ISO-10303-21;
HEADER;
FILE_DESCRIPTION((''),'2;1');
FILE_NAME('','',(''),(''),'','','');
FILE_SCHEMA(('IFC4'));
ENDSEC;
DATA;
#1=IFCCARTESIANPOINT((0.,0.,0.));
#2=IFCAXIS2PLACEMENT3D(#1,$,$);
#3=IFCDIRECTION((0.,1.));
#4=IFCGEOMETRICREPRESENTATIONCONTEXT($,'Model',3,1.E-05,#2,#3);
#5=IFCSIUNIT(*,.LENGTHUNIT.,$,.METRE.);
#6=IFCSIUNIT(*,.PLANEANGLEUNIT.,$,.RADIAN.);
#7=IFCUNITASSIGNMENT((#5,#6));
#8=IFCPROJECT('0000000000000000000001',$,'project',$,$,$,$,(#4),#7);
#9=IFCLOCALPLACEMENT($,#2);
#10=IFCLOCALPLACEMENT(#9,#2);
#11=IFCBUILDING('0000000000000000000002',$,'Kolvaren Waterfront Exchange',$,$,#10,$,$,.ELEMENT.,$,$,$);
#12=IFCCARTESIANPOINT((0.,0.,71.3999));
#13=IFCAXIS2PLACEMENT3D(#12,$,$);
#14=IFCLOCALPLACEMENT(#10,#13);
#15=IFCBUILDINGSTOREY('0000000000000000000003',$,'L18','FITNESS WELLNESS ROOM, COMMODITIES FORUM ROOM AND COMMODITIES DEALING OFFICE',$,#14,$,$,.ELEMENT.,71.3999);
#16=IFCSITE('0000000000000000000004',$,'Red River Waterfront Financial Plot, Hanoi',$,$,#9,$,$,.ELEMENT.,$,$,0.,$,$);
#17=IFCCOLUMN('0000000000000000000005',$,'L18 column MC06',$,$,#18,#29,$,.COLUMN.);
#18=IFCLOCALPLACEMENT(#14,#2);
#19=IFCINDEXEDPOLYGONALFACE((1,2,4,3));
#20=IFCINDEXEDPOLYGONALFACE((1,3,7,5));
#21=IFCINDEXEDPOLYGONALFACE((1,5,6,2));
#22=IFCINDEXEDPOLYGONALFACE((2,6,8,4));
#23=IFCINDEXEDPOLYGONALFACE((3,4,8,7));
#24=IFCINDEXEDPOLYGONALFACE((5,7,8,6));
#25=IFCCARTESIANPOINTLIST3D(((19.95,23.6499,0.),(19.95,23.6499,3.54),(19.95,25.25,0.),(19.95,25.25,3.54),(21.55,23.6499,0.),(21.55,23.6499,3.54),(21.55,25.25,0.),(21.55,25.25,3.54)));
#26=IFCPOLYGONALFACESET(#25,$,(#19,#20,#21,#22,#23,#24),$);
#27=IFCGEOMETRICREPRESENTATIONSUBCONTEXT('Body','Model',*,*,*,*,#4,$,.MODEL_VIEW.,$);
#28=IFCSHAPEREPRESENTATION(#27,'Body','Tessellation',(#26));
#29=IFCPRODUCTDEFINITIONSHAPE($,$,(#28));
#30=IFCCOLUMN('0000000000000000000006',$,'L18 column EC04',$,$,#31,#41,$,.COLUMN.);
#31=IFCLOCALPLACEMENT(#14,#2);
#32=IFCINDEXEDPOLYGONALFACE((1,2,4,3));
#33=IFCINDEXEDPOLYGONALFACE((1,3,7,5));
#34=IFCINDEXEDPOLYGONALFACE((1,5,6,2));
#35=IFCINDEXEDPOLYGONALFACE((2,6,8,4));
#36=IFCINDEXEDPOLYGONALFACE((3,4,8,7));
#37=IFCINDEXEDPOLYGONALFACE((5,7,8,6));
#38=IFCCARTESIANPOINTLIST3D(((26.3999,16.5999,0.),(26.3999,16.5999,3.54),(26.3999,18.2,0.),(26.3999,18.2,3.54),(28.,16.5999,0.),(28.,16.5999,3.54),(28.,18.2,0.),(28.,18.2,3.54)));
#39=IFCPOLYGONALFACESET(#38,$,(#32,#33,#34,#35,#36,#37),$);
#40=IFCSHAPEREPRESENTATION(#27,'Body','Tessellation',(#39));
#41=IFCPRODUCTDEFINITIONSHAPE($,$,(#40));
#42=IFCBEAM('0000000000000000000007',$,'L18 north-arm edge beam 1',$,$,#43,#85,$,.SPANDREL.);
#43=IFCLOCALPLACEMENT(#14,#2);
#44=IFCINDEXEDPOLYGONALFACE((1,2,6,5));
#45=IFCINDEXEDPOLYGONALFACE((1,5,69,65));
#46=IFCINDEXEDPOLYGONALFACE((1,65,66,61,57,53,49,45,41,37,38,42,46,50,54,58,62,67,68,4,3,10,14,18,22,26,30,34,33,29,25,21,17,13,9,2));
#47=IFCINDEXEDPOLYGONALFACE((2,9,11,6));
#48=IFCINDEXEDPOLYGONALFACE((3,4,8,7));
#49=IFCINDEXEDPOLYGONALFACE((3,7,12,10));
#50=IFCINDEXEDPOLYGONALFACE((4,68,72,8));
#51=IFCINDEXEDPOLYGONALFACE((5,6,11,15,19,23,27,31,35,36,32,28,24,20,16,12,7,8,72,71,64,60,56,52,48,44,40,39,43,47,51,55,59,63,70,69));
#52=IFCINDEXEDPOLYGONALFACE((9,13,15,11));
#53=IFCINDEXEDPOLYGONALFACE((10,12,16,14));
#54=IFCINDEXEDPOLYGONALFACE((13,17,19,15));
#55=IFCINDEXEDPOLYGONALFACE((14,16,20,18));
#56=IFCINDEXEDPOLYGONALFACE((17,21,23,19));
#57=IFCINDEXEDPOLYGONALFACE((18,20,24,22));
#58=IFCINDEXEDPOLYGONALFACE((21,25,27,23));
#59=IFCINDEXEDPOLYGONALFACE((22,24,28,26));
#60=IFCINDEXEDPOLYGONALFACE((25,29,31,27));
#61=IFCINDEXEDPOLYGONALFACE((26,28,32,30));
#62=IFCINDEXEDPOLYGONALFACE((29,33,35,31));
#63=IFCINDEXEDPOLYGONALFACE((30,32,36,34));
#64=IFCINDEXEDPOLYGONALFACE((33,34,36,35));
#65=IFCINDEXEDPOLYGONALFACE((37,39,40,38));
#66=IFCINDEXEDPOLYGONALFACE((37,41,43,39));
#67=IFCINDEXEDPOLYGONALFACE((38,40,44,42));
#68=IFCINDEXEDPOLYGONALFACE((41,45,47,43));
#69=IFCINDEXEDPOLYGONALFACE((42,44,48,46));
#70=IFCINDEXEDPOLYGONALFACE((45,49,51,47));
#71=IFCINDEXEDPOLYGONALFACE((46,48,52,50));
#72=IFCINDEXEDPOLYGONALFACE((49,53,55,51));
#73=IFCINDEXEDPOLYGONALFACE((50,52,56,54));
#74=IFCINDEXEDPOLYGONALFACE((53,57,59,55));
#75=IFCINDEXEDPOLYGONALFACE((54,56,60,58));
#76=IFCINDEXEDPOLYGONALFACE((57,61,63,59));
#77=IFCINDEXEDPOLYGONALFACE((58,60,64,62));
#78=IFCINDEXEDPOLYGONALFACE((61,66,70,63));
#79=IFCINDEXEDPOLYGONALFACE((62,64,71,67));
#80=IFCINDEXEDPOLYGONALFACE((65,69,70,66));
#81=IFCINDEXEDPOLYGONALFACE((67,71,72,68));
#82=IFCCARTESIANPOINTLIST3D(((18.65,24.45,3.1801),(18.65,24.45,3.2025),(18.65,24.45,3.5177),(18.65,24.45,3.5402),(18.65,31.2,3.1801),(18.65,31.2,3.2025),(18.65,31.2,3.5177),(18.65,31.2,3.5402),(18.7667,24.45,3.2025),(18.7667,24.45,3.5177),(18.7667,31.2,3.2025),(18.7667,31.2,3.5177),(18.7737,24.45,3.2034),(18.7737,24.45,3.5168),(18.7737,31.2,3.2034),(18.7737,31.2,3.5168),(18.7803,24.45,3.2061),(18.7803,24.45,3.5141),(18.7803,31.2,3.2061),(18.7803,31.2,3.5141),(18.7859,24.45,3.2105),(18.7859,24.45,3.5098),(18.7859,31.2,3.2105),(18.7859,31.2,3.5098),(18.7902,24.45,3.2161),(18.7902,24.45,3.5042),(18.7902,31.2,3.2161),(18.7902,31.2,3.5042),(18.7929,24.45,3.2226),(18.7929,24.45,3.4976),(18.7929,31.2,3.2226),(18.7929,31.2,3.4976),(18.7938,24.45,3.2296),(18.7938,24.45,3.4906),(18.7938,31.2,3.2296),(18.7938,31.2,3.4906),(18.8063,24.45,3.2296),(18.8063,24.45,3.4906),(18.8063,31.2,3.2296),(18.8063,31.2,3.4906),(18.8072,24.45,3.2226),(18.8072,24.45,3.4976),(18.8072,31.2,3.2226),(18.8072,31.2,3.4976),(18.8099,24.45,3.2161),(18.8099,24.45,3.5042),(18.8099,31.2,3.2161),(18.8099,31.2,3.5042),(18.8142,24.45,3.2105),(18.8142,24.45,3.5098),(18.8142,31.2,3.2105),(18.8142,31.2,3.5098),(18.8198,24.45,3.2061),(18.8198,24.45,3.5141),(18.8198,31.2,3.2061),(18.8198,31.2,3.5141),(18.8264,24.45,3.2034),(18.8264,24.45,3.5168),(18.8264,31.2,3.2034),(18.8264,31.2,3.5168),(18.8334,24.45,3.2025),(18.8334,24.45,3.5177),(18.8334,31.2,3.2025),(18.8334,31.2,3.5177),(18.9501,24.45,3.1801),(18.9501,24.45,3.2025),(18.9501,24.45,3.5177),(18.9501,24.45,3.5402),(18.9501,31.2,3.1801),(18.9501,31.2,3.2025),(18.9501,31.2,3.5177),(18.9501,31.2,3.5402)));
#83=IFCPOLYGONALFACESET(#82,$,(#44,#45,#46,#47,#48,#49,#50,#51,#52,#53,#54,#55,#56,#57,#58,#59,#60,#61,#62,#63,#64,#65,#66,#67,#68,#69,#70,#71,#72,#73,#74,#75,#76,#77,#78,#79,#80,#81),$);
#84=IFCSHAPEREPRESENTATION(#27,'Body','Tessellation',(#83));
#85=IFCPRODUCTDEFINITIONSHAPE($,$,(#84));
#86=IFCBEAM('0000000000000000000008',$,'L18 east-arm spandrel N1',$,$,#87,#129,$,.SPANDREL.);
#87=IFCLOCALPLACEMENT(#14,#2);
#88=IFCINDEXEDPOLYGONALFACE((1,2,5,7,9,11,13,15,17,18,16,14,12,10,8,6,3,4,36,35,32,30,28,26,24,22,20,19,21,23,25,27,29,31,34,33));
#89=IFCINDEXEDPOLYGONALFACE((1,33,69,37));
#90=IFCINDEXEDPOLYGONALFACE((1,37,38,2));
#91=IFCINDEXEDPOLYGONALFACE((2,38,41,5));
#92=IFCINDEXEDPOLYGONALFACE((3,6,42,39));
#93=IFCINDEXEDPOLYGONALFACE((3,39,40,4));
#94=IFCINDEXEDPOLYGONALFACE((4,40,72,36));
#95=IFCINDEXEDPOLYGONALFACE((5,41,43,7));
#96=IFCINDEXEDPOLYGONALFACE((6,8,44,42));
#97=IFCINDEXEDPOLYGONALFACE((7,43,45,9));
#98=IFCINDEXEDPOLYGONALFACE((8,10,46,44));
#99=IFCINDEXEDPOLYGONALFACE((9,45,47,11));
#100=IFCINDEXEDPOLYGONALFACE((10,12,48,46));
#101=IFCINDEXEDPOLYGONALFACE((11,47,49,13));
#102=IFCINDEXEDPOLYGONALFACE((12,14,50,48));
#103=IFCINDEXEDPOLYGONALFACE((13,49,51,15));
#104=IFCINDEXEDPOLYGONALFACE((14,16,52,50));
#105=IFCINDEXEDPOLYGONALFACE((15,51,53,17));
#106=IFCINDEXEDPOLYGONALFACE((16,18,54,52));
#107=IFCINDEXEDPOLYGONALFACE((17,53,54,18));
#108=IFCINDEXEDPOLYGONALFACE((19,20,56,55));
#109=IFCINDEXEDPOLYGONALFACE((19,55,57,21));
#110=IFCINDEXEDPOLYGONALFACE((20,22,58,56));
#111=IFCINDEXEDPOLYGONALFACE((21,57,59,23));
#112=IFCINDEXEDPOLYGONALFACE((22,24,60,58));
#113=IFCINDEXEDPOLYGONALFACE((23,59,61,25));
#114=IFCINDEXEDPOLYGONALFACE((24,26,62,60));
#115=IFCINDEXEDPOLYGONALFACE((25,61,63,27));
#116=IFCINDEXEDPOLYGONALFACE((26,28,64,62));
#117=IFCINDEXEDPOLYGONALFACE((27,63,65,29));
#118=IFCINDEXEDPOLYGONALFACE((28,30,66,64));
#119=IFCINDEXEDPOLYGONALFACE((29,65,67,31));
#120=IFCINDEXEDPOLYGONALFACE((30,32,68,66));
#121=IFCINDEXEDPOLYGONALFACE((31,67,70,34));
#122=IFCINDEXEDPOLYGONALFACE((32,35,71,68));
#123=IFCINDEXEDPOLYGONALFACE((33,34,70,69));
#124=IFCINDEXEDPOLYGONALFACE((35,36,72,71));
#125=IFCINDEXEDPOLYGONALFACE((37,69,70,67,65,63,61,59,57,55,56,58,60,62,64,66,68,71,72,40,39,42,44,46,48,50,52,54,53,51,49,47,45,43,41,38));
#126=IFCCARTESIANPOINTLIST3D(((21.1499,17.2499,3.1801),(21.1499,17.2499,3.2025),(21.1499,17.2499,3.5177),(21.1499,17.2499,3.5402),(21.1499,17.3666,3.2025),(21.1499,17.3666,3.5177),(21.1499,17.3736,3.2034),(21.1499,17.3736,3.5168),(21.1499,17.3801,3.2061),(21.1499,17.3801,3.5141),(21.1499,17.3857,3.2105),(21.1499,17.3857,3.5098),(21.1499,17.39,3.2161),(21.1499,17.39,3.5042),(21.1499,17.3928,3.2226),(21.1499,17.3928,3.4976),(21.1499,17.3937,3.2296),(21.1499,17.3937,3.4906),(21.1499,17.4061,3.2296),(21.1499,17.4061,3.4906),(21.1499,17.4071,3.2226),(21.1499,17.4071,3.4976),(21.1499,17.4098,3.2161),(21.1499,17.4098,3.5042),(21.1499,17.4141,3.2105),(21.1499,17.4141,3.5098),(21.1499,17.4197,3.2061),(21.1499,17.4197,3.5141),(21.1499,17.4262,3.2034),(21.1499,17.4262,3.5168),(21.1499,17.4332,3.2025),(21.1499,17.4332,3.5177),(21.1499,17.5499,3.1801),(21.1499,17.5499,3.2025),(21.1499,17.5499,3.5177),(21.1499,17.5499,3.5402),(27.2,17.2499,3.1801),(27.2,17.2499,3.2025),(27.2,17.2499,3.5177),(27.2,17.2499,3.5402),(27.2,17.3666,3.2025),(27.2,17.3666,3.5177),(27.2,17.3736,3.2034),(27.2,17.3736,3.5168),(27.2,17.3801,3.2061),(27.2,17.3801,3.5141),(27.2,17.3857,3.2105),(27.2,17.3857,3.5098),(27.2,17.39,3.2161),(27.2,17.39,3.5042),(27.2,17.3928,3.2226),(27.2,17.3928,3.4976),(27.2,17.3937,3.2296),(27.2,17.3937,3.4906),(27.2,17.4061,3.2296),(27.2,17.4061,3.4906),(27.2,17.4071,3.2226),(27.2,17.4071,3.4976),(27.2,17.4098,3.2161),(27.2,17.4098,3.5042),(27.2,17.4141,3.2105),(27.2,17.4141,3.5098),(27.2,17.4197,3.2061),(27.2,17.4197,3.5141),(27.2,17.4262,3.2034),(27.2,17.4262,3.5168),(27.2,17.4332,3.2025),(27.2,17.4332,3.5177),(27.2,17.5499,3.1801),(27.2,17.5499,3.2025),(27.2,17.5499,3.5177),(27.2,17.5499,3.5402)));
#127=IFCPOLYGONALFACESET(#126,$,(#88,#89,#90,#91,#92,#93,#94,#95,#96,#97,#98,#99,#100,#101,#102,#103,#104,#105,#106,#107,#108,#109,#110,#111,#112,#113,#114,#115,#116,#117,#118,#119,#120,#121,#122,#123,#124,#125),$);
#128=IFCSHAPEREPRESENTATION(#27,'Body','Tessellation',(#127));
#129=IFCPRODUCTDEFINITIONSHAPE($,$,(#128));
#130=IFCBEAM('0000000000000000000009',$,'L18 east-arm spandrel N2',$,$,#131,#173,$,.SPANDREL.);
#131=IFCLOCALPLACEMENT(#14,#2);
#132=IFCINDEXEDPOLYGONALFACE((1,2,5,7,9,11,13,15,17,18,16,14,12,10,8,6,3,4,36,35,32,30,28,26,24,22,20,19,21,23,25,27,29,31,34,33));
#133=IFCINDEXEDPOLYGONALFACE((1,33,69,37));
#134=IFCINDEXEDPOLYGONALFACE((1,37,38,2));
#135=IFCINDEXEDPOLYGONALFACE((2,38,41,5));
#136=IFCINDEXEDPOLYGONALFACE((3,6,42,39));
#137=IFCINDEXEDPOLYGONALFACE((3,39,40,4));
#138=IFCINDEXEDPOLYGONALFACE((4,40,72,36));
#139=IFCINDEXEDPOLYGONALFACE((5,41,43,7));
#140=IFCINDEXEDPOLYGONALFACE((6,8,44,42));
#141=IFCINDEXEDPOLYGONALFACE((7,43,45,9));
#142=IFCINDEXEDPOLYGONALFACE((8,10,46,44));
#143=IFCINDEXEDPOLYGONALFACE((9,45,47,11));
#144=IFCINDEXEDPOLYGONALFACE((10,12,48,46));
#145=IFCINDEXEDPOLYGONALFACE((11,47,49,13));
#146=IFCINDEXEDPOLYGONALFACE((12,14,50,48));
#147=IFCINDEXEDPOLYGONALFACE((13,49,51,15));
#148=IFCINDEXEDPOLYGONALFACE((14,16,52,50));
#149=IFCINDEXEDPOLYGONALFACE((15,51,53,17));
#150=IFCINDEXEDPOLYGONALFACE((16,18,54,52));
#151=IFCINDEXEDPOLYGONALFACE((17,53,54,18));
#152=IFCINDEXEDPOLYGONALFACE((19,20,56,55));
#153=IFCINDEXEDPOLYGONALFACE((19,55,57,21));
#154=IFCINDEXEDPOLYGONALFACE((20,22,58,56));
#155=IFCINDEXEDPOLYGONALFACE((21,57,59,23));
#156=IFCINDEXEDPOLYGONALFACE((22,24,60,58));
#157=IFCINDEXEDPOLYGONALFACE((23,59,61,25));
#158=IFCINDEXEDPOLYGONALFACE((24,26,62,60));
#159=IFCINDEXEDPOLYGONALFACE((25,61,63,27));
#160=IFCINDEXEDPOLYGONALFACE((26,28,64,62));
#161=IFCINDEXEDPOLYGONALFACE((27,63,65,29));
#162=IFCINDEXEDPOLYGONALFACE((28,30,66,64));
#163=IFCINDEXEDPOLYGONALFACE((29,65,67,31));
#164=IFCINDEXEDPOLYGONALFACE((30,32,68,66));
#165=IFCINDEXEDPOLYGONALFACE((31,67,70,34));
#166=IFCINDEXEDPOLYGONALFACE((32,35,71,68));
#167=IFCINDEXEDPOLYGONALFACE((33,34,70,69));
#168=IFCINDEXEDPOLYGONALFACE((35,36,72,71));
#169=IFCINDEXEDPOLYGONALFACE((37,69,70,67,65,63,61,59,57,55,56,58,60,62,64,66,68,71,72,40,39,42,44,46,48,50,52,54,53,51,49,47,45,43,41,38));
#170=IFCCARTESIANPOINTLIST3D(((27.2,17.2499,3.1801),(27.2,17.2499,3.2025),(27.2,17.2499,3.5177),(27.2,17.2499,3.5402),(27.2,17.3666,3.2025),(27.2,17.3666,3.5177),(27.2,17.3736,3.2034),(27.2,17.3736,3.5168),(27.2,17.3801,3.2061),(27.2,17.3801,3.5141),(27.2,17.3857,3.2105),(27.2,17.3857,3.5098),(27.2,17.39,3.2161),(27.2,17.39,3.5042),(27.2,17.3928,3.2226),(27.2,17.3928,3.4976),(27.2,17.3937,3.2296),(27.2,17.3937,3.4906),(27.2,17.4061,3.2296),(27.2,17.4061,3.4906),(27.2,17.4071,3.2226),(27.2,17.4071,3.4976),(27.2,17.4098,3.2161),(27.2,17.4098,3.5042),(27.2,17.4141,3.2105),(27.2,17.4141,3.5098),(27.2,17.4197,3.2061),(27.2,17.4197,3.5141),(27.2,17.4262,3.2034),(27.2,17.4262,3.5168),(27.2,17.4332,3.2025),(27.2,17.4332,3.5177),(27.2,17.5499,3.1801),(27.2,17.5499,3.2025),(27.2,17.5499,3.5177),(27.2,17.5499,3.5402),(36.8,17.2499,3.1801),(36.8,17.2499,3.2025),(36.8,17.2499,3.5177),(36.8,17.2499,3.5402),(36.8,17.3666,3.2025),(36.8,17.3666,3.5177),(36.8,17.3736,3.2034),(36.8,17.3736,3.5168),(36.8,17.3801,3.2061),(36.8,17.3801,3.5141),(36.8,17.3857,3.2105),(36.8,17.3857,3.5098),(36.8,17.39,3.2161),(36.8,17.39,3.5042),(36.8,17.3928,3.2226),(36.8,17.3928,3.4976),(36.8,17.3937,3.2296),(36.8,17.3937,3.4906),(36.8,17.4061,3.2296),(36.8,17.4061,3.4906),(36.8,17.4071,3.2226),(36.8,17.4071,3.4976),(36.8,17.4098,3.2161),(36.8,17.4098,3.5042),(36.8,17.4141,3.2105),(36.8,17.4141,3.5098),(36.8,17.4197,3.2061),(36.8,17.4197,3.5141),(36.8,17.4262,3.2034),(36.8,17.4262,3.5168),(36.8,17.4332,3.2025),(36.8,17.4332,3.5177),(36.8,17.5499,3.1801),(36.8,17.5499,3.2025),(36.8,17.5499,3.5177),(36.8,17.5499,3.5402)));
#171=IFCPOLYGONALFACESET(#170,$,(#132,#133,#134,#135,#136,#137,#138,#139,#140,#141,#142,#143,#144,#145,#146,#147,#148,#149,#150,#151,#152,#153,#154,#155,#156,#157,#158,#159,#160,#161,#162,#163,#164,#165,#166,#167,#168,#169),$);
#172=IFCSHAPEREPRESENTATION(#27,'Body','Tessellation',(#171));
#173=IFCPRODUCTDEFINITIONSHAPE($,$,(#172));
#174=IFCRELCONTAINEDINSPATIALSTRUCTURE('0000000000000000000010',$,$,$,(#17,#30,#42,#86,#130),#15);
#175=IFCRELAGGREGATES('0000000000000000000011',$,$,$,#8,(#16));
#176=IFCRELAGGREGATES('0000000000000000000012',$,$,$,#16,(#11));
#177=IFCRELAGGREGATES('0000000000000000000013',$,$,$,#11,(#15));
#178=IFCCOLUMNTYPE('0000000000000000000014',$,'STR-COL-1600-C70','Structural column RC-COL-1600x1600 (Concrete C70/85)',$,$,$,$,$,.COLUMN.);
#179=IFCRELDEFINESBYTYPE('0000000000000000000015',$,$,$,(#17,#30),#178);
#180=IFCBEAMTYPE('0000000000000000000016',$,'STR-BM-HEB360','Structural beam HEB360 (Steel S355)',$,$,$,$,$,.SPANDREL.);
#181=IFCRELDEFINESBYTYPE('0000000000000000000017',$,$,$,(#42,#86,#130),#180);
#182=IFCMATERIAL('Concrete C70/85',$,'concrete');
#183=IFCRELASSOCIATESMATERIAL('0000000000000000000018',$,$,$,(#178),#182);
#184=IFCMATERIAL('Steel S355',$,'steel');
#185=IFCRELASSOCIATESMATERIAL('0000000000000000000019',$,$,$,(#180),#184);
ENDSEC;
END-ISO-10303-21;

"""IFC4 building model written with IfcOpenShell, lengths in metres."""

from ifc_helpers import new_model, si_unit, direction, frame, origin, origin_2d, place, context, subcontext, project, spatial, rectangle, i_section, extrude, material, material_profile, profile_set, type_object, element, save


model = new_model("IFC4")

# Units and contexts
model_context = context("Model", 3, precision=1e-05, world=origin(), true_north=direction((0.0, 1.0)))
body_context = subcontext(model_context, "Body", "Model", "MODEL_VIEW")
ifc_project = project(units=[si_unit("LENGTHUNIT", "METRE"), si_unit("PLANEANGLEUNIT", "RADIAN")], contexts=[model_context])

# Site, building, storey
site_placement = place(None, origin())
site = spatial("IfcSite", under=ifc_project, at=site_placement, Name="Red River Waterfront Financial Plot, Hanoi", CompositionType="ELEMENT", RefElevation=0.0)
building_placement = place(site_placement, origin())
building = spatial("IfcBuilding", under=site, at=building_placement, Name="Kolvaren Waterfront Exchange", CompositionType="ELEMENT")
storey_placement = place(building_placement, frame((0.0, 0.0, 71.3999)))
storey = spatial("IfcBuildingStorey", under=building, at=storey_placement, Name="L18", Description="FITNESS WELLNESS ROOM, COMMODITIES FORUM ROOM AND COMMODITIES DEALING OFFICE", CompositionType="ELEMENT", Elevation=71.3999)

# Columns
ifc_material_1 = material(Name="Concrete C70/85", Category="concrete")
ifc_material_profile_1 = material_profile(ifc_material_1, rectangle(XDim=1.6001, YDim=1.6001, at=origin_2d()), Name="RC-COL-1600x1600")
ifc_profile_set_1 = profile_set([ifc_material_profile_1], Name="Concrete C70/85")
column_type = type_object("IfcColumnType", Name="STR-COL-1600-C70", Description="Structural column RC-COL-1600x1600 (Concrete C70/85)", PredefinedType="COLUMN", material=ifc_profile_set_1)
for number, where, z_axis, x_axis, name in (
    (1, (20.75, 24.45, 0.0), (0.0, 0.0, 1.0), (1.0, 0.0, 0.0), "L18 column MC06"),
    (2, (27.2, 17.3999, 0.0), (0.0, 0.0, 1.0), (1.0, 0.0, 0.0), "L18 column EC04"),
):
    element("IfcColumn", number, at=place(storey_placement, frame(where, z_axis=z_axis, x_axis=x_axis)), inside=storey, type_object=column_type, Name=name, PredefinedType="COLUMN", context=body_context, shape_type="SweptSolid", body=[
        extrude(rectangle(XDim=1.6001, YDim=1.6001, at=origin_2d()), origin(), (0.0, 0.0, 1.0), 3.54),
    ])

# Beams
ifc_material_2 = material(Name="Steel S355", Category="steel")
ifc_material_profile_2 = material_profile(ifc_material_2, i_section(OverallWidth=0.3, OverallDepth=0.3601, WebThickness=0.0125, FlangeThickness=0.0225, FilletRadius=0.0271, at=origin_2d()), Name="HEB360")
ifc_profile_set_2 = profile_set([ifc_material_profile_2], Name="Steel S355")
beam_type_1 = type_object("IfcBeamType", Name="STR-BM-HEB360", Description="Structural beam HEB360 (Steel S355)", PredefinedType="SPANDREL", material=ifc_profile_set_2)
beam_1_placement = place(storey_placement, frame((18.8, 24.45, 3.3601), z_axis=(0.0, 1.0, 0.0), x_axis=(-1.0, 0.0, 0.0)))
element("IfcBeam", 3, at=beam_1_placement, inside=storey, type_object=beam_type_1, Name="L18 north-arm edge beam 1", PredefinedType="SPANDREL", context=body_context, shape_type="SweptSolid", body=[
    extrude(i_section(OverallWidth=0.3, OverallDepth=0.3601, WebThickness=0.0125, FlangeThickness=0.0225, FilletRadius=0.0271, at=origin_2d()), origin(), (0.0, 0.0, 1.0), 6.75),
])
beam_2_placement = place(storey_placement, frame((21.1499, 17.3999, 3.3601), z_axis=(1.0, 0.0, 0.0), x_axis=(0.0, 1.0, 0.0)))
element("IfcBeam", 4, at=beam_2_placement, inside=storey, type_object=beam_type_1, Name="L18 east-arm spandrel N1", PredefinedType="SPANDREL", context=body_context, shape_type="SweptSolid", body=[
    extrude(i_section(OverallWidth=0.3, OverallDepth=0.3601, WebThickness=0.0125, FlangeThickness=0.0225, FilletRadius=0.0271, at=origin_2d()), origin(), (0.0, 0.0, 1.0), 6.05),
])
beam_3_placement = place(storey_placement, frame((27.2, 17.3999, 3.3601), z_axis=(1.0, 0.0, 0.0), x_axis=(0.0, 1.0, 0.0)))
element("IfcBeam", 5, at=beam_3_placement, inside=storey, type_object=beam_type_1, Name="L18 east-arm spandrel N2", PredefinedType="SPANDREL", context=body_context, shape_type="SweptSolid", body=[
    extrude(i_section(OverallWidth=0.3, OverallDepth=0.3601, WebThickness=0.0125, FlangeThickness=0.0225, FilletRadius=0.0271, at=origin_2d()), origin(), (0.0, 0.0, 1.0), 9.6001),
])

save(model, "model.ifc")
